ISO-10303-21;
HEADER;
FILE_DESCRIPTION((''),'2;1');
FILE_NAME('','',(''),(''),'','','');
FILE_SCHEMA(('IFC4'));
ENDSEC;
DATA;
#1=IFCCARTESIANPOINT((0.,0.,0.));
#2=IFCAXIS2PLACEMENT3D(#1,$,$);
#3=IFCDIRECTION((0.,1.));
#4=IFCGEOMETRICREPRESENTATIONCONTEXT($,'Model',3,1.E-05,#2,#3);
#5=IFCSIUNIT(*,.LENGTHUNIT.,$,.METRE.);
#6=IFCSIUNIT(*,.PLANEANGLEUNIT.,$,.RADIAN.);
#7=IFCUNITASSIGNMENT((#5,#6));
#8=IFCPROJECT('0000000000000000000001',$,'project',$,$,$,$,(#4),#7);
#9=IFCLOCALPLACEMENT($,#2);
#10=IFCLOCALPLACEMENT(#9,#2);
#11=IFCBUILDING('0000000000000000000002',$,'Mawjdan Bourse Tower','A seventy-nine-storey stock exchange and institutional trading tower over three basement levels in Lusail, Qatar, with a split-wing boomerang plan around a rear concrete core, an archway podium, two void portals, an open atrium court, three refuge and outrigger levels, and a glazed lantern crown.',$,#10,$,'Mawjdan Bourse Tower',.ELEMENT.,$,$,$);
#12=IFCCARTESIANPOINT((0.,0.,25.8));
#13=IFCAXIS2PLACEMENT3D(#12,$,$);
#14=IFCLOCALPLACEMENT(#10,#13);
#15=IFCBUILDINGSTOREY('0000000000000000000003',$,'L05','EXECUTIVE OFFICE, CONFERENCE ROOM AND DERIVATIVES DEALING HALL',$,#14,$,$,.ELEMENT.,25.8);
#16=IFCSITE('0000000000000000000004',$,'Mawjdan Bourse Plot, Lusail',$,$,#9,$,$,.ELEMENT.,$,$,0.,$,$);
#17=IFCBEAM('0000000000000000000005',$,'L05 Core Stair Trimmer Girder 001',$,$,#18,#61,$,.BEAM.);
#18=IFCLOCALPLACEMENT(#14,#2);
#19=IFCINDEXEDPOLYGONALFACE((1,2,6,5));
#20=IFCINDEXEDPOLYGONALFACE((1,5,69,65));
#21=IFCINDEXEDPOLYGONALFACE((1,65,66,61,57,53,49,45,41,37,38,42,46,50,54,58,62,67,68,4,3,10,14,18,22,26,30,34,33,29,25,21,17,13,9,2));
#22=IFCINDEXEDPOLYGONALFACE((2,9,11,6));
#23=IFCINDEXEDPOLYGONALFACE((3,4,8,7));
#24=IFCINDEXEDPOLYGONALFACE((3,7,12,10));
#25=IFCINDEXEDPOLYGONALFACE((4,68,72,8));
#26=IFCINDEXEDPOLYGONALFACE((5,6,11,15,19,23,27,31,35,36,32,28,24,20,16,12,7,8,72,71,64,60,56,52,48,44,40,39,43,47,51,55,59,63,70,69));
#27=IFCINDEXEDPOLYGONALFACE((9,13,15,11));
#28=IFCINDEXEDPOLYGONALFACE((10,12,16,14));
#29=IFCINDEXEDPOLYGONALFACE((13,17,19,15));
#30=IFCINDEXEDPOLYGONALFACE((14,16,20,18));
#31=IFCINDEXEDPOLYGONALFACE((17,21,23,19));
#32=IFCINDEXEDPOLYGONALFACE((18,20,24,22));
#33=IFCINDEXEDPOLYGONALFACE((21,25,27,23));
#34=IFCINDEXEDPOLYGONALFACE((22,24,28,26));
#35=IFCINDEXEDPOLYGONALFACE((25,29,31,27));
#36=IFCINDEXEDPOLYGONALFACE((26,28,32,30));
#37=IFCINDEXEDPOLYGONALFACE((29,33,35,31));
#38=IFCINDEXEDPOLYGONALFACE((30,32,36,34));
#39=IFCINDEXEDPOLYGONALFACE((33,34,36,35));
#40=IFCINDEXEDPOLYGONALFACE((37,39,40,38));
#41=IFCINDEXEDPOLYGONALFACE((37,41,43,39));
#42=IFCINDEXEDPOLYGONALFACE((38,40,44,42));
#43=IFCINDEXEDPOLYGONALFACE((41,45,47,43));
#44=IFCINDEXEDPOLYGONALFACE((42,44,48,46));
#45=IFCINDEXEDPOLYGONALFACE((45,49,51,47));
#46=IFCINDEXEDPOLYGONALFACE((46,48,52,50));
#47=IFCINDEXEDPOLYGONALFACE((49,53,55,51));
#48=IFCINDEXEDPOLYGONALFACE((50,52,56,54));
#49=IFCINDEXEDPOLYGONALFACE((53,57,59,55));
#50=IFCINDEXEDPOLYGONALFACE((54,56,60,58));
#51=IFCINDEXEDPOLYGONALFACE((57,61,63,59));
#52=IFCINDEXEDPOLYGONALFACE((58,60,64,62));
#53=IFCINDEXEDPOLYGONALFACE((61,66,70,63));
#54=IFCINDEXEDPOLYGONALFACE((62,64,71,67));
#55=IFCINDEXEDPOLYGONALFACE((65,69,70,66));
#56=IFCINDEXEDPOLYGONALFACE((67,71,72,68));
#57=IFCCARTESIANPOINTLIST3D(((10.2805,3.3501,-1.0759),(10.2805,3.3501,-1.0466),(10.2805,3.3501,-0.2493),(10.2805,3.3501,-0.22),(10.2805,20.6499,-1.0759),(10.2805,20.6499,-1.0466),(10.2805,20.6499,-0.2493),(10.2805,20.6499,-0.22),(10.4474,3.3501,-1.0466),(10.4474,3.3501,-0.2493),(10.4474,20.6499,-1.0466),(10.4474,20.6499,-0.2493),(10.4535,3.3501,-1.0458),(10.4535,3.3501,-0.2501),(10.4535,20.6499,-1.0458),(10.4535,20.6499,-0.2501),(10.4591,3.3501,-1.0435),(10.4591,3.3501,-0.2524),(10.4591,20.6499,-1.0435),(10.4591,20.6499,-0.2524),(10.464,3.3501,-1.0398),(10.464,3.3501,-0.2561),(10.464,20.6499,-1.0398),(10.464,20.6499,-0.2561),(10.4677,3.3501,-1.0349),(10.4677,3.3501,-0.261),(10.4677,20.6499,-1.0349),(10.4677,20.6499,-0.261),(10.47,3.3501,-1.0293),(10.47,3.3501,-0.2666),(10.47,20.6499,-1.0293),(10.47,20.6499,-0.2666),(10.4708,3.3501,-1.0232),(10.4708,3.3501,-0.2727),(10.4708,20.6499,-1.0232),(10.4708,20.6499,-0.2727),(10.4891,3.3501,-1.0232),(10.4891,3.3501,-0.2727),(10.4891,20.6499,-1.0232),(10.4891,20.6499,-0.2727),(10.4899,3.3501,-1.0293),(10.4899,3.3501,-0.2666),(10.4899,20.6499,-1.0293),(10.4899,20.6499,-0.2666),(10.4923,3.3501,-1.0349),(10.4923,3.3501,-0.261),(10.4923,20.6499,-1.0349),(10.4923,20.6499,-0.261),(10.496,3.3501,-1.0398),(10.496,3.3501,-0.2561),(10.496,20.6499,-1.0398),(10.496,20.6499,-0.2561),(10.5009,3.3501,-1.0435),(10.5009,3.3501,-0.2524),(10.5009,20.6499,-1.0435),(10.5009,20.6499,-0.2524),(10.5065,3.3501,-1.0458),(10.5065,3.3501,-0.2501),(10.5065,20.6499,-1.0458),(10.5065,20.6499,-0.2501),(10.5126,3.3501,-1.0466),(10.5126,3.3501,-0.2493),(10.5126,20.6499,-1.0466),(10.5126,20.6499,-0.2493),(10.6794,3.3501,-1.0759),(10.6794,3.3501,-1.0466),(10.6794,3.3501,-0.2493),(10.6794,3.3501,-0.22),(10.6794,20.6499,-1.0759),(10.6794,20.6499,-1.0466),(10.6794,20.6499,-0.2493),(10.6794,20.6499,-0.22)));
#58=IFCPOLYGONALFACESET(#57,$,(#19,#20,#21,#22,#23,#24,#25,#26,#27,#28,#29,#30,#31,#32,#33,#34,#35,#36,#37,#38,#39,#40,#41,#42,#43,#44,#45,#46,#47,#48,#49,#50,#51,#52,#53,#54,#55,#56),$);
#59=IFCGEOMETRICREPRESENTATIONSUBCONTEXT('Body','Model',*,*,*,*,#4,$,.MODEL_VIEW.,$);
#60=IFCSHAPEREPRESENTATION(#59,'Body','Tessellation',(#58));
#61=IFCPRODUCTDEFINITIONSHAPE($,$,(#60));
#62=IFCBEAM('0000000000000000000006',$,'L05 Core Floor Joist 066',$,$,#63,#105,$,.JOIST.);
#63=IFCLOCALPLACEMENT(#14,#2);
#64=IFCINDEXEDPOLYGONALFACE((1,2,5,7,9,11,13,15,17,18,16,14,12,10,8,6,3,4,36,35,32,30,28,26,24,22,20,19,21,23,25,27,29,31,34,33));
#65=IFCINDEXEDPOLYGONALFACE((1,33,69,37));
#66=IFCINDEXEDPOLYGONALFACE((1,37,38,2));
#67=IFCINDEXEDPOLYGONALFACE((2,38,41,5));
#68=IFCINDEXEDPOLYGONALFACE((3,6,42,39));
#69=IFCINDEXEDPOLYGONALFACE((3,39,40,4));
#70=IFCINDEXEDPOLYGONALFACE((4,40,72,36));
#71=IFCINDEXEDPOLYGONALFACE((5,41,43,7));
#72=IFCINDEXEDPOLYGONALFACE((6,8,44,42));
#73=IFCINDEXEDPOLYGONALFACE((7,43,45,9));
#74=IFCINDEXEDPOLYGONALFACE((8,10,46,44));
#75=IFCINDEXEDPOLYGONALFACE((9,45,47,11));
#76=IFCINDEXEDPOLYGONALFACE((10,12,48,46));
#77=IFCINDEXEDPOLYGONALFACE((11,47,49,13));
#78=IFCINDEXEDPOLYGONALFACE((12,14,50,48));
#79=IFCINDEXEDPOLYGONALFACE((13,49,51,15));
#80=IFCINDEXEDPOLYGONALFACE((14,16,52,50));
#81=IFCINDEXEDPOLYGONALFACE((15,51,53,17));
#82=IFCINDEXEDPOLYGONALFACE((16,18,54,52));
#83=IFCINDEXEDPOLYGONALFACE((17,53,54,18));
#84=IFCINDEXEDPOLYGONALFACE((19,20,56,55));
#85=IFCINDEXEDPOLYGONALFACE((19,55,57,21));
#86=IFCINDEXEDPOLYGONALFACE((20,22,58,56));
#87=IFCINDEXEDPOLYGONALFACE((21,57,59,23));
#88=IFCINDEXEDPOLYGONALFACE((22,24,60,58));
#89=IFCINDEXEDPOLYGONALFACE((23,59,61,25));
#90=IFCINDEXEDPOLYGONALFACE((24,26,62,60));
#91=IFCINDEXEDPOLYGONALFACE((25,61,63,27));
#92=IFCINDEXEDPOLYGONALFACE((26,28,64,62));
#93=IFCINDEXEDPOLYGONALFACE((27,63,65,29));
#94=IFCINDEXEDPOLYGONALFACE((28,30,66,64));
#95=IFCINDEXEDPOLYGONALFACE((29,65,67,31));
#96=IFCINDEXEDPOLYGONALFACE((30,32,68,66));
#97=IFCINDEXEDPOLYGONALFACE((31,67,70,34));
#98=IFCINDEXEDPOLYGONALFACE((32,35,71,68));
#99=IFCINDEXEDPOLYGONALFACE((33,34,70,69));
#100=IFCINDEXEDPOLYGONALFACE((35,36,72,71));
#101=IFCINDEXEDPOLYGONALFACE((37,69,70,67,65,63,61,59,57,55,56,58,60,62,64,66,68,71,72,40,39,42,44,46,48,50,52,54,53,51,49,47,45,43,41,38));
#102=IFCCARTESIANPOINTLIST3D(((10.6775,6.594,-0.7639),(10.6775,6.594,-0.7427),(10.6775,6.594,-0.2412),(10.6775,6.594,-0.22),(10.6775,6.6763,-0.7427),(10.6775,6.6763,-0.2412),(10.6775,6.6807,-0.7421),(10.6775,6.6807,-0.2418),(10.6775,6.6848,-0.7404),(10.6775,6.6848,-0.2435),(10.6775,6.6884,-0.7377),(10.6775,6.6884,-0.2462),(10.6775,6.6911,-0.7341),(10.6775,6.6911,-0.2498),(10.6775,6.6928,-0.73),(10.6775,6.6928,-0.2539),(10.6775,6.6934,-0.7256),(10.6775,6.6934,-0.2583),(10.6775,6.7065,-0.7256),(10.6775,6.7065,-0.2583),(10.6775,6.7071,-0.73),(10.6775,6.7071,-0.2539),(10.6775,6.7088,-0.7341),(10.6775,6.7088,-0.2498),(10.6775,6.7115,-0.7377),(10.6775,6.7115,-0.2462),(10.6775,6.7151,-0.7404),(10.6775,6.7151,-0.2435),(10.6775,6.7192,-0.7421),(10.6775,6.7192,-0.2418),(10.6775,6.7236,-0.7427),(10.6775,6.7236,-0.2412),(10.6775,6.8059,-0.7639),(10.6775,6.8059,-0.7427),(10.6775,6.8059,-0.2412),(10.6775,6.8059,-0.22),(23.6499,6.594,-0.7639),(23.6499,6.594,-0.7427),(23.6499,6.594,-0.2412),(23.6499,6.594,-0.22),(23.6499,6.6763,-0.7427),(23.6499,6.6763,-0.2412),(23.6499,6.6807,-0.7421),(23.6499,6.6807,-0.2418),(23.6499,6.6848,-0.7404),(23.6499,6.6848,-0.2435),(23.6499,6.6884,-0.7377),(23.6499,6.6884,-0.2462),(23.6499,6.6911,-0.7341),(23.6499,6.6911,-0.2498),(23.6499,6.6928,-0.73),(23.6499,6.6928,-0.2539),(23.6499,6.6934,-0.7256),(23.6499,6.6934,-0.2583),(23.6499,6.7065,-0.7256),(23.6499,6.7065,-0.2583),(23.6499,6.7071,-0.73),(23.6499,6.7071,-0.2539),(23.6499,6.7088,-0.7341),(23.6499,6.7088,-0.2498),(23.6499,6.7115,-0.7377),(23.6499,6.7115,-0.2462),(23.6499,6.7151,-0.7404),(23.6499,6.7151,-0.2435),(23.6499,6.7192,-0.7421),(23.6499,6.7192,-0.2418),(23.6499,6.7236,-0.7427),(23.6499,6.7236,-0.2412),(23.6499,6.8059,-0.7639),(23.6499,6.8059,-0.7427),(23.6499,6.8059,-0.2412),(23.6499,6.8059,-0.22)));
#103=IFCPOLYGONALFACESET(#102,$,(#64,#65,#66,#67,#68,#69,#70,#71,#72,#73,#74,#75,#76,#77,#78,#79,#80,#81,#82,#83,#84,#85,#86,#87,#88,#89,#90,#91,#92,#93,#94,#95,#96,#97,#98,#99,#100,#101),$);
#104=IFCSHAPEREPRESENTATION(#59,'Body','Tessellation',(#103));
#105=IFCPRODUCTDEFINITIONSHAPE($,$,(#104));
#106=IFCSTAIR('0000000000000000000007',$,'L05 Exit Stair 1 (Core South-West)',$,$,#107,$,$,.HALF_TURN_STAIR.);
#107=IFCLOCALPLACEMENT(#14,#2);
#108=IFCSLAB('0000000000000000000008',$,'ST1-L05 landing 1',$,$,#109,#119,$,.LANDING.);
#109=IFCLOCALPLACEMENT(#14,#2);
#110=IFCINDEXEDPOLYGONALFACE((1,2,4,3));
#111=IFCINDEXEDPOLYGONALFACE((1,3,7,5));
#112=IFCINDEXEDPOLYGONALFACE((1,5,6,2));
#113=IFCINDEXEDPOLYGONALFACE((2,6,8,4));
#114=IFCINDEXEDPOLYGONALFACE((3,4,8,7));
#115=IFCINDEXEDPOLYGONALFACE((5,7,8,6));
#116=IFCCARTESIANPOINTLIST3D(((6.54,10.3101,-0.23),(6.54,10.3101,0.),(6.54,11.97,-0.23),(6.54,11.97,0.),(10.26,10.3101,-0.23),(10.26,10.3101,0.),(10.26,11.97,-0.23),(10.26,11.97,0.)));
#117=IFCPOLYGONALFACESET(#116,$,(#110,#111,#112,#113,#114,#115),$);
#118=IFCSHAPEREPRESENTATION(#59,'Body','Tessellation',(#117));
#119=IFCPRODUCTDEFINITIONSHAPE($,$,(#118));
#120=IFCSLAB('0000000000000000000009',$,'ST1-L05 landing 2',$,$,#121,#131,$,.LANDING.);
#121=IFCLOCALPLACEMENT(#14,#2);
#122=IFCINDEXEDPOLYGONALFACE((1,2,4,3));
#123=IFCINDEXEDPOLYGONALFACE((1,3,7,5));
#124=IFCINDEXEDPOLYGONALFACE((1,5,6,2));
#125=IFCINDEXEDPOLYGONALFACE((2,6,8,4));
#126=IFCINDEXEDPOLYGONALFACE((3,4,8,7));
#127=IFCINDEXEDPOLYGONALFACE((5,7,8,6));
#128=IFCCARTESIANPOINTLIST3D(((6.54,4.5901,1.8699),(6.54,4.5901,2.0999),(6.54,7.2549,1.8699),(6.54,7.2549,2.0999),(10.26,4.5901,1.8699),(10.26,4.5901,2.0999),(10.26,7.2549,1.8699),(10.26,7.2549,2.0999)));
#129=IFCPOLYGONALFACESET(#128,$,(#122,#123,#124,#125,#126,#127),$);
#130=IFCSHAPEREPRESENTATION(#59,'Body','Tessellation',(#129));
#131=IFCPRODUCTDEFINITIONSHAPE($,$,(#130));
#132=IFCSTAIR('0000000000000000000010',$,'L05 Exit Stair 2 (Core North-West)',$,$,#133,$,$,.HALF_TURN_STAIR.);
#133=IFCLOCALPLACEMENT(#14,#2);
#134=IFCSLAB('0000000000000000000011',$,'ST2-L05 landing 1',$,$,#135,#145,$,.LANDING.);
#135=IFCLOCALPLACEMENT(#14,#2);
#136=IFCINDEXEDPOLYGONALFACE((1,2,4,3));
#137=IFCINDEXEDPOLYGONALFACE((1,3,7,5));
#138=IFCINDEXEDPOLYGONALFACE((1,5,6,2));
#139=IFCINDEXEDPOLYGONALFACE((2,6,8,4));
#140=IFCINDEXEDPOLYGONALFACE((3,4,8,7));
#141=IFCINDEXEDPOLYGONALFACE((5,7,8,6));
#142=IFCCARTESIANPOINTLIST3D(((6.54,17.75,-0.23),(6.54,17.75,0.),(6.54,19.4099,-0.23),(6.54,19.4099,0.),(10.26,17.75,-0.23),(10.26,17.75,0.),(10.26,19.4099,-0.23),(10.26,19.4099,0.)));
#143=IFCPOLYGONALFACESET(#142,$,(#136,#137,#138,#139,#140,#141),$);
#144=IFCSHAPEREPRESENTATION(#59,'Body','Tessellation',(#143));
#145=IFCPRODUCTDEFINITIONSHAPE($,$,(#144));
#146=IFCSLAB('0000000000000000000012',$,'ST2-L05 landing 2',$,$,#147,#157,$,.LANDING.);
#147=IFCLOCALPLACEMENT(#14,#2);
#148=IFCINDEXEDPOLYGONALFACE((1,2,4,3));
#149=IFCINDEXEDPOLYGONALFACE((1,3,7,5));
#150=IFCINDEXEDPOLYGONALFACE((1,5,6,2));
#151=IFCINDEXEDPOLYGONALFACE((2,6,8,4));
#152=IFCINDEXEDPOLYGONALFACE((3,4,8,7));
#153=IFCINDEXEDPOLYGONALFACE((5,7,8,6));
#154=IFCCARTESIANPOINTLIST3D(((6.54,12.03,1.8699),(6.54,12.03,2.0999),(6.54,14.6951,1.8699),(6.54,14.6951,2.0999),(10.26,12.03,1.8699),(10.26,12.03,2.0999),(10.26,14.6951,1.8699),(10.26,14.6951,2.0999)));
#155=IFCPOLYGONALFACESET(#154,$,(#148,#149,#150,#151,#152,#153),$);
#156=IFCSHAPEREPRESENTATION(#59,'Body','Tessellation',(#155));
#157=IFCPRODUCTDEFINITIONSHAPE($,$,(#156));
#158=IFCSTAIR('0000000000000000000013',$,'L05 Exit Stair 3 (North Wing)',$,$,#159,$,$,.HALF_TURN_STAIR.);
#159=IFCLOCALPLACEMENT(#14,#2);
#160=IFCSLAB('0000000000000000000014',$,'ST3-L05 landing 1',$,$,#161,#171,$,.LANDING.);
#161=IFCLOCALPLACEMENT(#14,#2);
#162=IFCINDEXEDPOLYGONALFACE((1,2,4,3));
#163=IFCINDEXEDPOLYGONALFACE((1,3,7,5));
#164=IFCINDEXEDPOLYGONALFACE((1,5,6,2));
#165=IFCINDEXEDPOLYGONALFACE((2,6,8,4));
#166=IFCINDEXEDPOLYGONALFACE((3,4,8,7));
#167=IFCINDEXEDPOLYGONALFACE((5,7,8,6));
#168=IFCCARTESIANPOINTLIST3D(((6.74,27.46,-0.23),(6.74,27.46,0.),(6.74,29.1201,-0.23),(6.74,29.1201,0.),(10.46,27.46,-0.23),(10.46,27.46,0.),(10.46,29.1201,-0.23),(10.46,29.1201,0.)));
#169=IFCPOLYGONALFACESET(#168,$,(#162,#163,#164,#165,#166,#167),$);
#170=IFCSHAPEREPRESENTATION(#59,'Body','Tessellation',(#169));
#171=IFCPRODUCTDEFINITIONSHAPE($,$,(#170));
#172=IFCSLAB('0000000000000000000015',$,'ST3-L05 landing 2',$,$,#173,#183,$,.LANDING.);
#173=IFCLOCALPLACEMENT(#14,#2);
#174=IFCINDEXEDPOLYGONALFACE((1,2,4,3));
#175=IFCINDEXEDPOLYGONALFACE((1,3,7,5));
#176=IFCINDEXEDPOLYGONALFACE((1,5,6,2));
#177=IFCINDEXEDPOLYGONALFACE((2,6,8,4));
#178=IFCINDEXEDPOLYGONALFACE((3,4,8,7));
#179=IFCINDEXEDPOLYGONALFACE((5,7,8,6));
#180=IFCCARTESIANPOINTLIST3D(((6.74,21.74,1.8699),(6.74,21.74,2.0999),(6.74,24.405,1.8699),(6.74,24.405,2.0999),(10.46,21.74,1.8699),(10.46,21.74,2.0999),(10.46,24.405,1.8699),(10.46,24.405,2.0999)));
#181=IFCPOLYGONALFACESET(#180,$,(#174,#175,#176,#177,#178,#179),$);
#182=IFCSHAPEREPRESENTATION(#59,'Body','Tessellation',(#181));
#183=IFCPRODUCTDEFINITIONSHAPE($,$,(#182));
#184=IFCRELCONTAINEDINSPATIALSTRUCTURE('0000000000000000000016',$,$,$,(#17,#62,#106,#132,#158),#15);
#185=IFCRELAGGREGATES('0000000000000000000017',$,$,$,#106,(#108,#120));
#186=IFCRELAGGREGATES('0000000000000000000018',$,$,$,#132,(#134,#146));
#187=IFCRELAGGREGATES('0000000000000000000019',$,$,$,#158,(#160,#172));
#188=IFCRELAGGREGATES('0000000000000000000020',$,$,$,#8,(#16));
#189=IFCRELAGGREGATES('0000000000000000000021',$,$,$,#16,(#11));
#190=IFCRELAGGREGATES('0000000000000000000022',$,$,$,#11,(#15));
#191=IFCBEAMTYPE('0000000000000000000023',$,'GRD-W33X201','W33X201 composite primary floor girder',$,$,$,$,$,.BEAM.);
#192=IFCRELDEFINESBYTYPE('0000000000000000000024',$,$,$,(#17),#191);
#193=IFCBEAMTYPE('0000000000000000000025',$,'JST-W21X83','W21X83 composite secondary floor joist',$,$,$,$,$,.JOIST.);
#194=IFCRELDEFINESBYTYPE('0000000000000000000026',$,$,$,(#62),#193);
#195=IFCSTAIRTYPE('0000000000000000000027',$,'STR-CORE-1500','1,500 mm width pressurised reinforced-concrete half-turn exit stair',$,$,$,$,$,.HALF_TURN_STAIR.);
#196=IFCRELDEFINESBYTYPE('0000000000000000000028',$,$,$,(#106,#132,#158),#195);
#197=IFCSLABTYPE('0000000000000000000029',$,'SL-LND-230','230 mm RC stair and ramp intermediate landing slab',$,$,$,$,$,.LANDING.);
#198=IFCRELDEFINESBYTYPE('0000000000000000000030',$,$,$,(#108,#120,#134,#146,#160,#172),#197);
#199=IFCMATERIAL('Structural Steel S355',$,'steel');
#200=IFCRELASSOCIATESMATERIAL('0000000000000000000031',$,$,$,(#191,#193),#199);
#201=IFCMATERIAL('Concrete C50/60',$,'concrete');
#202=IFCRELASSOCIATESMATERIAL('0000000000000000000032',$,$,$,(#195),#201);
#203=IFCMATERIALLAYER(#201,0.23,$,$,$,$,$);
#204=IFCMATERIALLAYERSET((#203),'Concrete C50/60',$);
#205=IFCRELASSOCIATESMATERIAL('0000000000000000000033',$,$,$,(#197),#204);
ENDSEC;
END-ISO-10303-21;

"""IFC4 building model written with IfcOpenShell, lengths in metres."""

from ifc_helpers import new_model, si_unit, direction, frame, origin, origin_2d, place, context, subcontext, project, spatial, polyline, i_section, outline, extrude, material, layer, layer_set, material_profile, profile_set, type_object, element, aggregate, save


model = new_model("IFC4")

# Units and contexts
model_context = context("Model", 3, precision=1e-05, world=origin(), true_north=direction((0.0, 1.0)))
body_context = subcontext(model_context, "Body", "Model", "MODEL_VIEW")
ifc_project = project(units=[si_unit("LENGTHUNIT", "METRE"), si_unit("PLANEANGLEUNIT", "RADIAN")], contexts=[model_context])

# Site, building, storey
site_placement = place(None, origin())
site = spatial("IfcSite", under=ifc_project, at=site_placement, Name="Mawjdan Bourse Plot, Lusail", CompositionType="ELEMENT", RefElevation=0.0)
building_placement = place(site_placement, origin())
building = spatial("IfcBuilding", under=site, at=building_placement, Name="Mawjdan Bourse Tower", Description="A seventy-nine-storey stock exchange and institutional trading tower over three basement levels in Lusail, Qatar, with a split-wing boomerang plan around a rear concrete core, an archway podium, two void portals, an open atrium court, three refuge and outrigger levels, and a glazed lantern crown.", LongName="Mawjdan Bourse Tower", CompositionType="ELEMENT")
storey_placement = place(building_placement, frame((0.0, 0.0, 25.8)))
storey = spatial("IfcBuildingStorey", under=building, at=storey_placement, Name="L05", Description="EXECUTIVE OFFICE, CONFERENCE ROOM AND DERIVATIVES DEALING HALL", CompositionType="ELEMENT", Elevation=25.8)

# Beams
ifc_material_1 = material(Name="Structural Steel S355", Category="steel")
ifc_material_profile_1 = material_profile(ifc_material_1, i_section(OverallWidth=0.3989, OverallDepth=0.856, WebThickness=0.0183, FlangeThickness=0.0293, FilletRadius=0.0234, at=origin_2d()), Name="W33X201")
ifc_profile_set_1 = profile_set([ifc_material_profile_1], Name="Structural Steel S355")
beam_type_1 = type_object("IfcBeamType", Name="GRD-W33X201", Description="W33X201 composite primary floor girder", PredefinedType="BEAM", material=ifc_profile_set_1)
beam_1_placement = place(storey_placement, frame((10.48, 3.3501, -0.6479), z_axis=(0.0, 1.0, 0.0), x_axis=(-1.0, 0.0, 0.0)))
element("IfcBeam", 1, at=beam_1_placement, inside=storey, type_object=beam_type_1, Name="L05 Core Stair Trimmer Girder 001", PredefinedType="BEAM", context=body_context, shape_type="SweptSolid", body=[
    extrude(i_section(OverallWidth=0.3989, OverallDepth=0.856, WebThickness=0.0183, FlangeThickness=0.0293, FilletRadius=0.0234, at=origin_2d()), origin(), (0.0, 0.0, 1.0), 17.2998),
])
ifc_material_profile_2 = material_profile(ifc_material_1, i_section(OverallWidth=0.2119, OverallDepth=0.5439, WebThickness=0.0132, FlangeThickness=0.0212, FilletRadius=0.0171, at=origin_2d()), Name="W21X83")
ifc_profile_set_2 = profile_set([ifc_material_profile_2], Name="Structural Steel S355")
beam_type_2 = type_object("IfcBeamType", Name="JST-W21X83", Description="W21X83 composite secondary floor joist", PredefinedType="JOIST", material=ifc_profile_set_2)
beam_2_placement = place(storey_placement, frame((10.6775, 6.7, -0.4919), z_axis=(1.0, 0.0, 0.0), x_axis=(0.0, 1.0, 0.0)))
element("IfcBeam", 2, at=beam_2_placement, inside=storey, type_object=beam_type_2, Name="L05 Core Floor Joist 066", PredefinedType="JOIST", context=body_context, shape_type="SweptSolid", body=[
    extrude(i_section(OverallWidth=0.2119, OverallDepth=0.5439, WebThickness=0.0132, FlangeThickness=0.0212, FilletRadius=0.0171, at=origin_2d()), origin(), (0.0, 0.0, 1.0), 12.9724),
])

# Stairs, slabs
ifc_material_2 = material(Name="Concrete C50/60", Category="concrete")
stair_type = type_object("IfcStairType", Name="STR-CORE-1500", Description="1,500 mm width pressurised reinforced-concrete half-turn exit stair", PredefinedType="HALF_TURN_STAIR", material=ifc_material_2)
stair_1_placement = place(storey_placement, origin())
stair_1 = element("IfcStair", 3, at=stair_1_placement, inside=storey, type_object=stair_type, Name="L05 Exit Stair 1 (Core South-West)", PredefinedType="HALF_TURN_STAIR")
ifc_layer_1 = layer(ifc_material_2, 0.23)
ifc_layer_set_1 = layer_set([ifc_layer_1], Name="Concrete C50/60")
slab_type_1 = type_object("IfcSlabType", Name="SL-LND-230", Description="230 mm RC stair and ramp intermediate landing slab", PredefinedType="LANDING", material=ifc_layer_set_1)
slab_1_placement = place(storey_placement, frame((0.0, 0.0, -0.23)))
slab_1 = element("IfcSlab", 4, at=slab_1_placement, type_object=slab_type_1, Name="ST1-L05 landing 1", PredefinedType="LANDING", context=body_context, shape_type="SweptSolid", body=[
    extrude(outline(polyline([(6.54, 10.3101), (10.26, 10.3101), (10.26, 11.97), (6.54, 11.97), (6.54, 10.3101)])), origin(), (0.0, 0.0, 1.0), 0.23),
])
slab_2_placement = place(storey_placement, frame((0.0, 0.0, 1.8699)))
slab_2 = element("IfcSlab", 5, at=slab_2_placement, type_object=slab_type_1, Name="ST1-L05 landing 2", PredefinedType="LANDING", context=body_context, shape_type="SweptSolid", body=[
    extrude(outline(polyline([(6.54, 4.5901), (10.26, 4.5901), (10.26, 7.2549), (6.54, 7.2549), (6.54, 4.5901)])), origin(), (0.0, 0.0, 1.0), 0.23),
])
aggregate(stair_1, [slab_1, slab_2])
stair_2_placement = place(storey_placement, origin())
stair_2 = element("IfcStair", 6, at=stair_2_placement, inside=storey, type_object=stair_type, Name="L05 Exit Stair 2 (Core North-West)", PredefinedType="HALF_TURN_STAIR")
slab_3_placement = place(storey_placement, frame((0.0, 0.0, -0.23)))
slab_3 = element("IfcSlab", 7, at=slab_3_placement, type_object=slab_type_1, Name="ST2-L05 landing 1", PredefinedType="LANDING", context=body_context, shape_type="SweptSolid", body=[
    extrude(outline(polyline([(6.54, 17.75), (10.26, 17.75), (10.26, 19.4099), (6.54, 19.4099), (6.54, 17.75)])), origin(), (0.0, 0.0, 1.0), 0.23),
])
slab_4_placement = place(storey_placement, frame((0.0, 0.0, 1.8699)))
slab_4 = element("IfcSlab", 8, at=slab_4_placement, type_object=slab_type_1, Name="ST2-L05 landing 2", PredefinedType="LANDING", context=body_context, shape_type="SweptSolid", body=[
    extrude(outline(polyline([(6.54, 12.03), (10.26, 12.03), (10.26, 14.6951), (6.54, 14.6951), (6.54, 12.03)])), origin(), (0.0, 0.0, 1.0), 0.23),
])
aggregate(stair_2, [slab_3, slab_4])
stair_3_placement = place(storey_placement, origin())
stair_3 = element("IfcStair", 9, at=stair_3_placement, inside=storey, type_object=stair_type, Name="L05 Exit Stair 3 (North Wing)", PredefinedType="HALF_TURN_STAIR")
slab_5_placement = place(storey_placement, frame((0.0, 0.0, -0.23)))
slab_5 = element("IfcSlab", 10, at=slab_5_placement, type_object=slab_type_1, Name="ST3-L05 landing 1", PredefinedType="LANDING", context=body_context, shape_type="SweptSolid", body=[
    extrude(outline(polyline([(6.74, 27.46), (10.46, 27.46), (10.46, 29.1201), (6.74, 29.1201), (6.74, 27.46)])), origin(), (0.0, 0.0, 1.0), 0.23),
])
slab_6_placement = place(storey_placement, frame((0.0, 0.0, 1.8699)))
slab_6 = element("IfcSlab", 11, at=slab_6_placement, type_object=slab_type_1, Name="ST3-L05 landing 2", PredefinedType="LANDING", context=body_context, shape_type="SweptSolid", body=[
    extrude(outline(polyline([(6.74, 21.74), (10.46, 21.74), (10.46, 24.405), (6.74, 24.405), (6.74, 21.74)])), origin(), (0.0, 0.0, 1.0), 0.23),
])
aggregate(stair_3, [slab_5, slab_6])

save(model, "model.ifc")
